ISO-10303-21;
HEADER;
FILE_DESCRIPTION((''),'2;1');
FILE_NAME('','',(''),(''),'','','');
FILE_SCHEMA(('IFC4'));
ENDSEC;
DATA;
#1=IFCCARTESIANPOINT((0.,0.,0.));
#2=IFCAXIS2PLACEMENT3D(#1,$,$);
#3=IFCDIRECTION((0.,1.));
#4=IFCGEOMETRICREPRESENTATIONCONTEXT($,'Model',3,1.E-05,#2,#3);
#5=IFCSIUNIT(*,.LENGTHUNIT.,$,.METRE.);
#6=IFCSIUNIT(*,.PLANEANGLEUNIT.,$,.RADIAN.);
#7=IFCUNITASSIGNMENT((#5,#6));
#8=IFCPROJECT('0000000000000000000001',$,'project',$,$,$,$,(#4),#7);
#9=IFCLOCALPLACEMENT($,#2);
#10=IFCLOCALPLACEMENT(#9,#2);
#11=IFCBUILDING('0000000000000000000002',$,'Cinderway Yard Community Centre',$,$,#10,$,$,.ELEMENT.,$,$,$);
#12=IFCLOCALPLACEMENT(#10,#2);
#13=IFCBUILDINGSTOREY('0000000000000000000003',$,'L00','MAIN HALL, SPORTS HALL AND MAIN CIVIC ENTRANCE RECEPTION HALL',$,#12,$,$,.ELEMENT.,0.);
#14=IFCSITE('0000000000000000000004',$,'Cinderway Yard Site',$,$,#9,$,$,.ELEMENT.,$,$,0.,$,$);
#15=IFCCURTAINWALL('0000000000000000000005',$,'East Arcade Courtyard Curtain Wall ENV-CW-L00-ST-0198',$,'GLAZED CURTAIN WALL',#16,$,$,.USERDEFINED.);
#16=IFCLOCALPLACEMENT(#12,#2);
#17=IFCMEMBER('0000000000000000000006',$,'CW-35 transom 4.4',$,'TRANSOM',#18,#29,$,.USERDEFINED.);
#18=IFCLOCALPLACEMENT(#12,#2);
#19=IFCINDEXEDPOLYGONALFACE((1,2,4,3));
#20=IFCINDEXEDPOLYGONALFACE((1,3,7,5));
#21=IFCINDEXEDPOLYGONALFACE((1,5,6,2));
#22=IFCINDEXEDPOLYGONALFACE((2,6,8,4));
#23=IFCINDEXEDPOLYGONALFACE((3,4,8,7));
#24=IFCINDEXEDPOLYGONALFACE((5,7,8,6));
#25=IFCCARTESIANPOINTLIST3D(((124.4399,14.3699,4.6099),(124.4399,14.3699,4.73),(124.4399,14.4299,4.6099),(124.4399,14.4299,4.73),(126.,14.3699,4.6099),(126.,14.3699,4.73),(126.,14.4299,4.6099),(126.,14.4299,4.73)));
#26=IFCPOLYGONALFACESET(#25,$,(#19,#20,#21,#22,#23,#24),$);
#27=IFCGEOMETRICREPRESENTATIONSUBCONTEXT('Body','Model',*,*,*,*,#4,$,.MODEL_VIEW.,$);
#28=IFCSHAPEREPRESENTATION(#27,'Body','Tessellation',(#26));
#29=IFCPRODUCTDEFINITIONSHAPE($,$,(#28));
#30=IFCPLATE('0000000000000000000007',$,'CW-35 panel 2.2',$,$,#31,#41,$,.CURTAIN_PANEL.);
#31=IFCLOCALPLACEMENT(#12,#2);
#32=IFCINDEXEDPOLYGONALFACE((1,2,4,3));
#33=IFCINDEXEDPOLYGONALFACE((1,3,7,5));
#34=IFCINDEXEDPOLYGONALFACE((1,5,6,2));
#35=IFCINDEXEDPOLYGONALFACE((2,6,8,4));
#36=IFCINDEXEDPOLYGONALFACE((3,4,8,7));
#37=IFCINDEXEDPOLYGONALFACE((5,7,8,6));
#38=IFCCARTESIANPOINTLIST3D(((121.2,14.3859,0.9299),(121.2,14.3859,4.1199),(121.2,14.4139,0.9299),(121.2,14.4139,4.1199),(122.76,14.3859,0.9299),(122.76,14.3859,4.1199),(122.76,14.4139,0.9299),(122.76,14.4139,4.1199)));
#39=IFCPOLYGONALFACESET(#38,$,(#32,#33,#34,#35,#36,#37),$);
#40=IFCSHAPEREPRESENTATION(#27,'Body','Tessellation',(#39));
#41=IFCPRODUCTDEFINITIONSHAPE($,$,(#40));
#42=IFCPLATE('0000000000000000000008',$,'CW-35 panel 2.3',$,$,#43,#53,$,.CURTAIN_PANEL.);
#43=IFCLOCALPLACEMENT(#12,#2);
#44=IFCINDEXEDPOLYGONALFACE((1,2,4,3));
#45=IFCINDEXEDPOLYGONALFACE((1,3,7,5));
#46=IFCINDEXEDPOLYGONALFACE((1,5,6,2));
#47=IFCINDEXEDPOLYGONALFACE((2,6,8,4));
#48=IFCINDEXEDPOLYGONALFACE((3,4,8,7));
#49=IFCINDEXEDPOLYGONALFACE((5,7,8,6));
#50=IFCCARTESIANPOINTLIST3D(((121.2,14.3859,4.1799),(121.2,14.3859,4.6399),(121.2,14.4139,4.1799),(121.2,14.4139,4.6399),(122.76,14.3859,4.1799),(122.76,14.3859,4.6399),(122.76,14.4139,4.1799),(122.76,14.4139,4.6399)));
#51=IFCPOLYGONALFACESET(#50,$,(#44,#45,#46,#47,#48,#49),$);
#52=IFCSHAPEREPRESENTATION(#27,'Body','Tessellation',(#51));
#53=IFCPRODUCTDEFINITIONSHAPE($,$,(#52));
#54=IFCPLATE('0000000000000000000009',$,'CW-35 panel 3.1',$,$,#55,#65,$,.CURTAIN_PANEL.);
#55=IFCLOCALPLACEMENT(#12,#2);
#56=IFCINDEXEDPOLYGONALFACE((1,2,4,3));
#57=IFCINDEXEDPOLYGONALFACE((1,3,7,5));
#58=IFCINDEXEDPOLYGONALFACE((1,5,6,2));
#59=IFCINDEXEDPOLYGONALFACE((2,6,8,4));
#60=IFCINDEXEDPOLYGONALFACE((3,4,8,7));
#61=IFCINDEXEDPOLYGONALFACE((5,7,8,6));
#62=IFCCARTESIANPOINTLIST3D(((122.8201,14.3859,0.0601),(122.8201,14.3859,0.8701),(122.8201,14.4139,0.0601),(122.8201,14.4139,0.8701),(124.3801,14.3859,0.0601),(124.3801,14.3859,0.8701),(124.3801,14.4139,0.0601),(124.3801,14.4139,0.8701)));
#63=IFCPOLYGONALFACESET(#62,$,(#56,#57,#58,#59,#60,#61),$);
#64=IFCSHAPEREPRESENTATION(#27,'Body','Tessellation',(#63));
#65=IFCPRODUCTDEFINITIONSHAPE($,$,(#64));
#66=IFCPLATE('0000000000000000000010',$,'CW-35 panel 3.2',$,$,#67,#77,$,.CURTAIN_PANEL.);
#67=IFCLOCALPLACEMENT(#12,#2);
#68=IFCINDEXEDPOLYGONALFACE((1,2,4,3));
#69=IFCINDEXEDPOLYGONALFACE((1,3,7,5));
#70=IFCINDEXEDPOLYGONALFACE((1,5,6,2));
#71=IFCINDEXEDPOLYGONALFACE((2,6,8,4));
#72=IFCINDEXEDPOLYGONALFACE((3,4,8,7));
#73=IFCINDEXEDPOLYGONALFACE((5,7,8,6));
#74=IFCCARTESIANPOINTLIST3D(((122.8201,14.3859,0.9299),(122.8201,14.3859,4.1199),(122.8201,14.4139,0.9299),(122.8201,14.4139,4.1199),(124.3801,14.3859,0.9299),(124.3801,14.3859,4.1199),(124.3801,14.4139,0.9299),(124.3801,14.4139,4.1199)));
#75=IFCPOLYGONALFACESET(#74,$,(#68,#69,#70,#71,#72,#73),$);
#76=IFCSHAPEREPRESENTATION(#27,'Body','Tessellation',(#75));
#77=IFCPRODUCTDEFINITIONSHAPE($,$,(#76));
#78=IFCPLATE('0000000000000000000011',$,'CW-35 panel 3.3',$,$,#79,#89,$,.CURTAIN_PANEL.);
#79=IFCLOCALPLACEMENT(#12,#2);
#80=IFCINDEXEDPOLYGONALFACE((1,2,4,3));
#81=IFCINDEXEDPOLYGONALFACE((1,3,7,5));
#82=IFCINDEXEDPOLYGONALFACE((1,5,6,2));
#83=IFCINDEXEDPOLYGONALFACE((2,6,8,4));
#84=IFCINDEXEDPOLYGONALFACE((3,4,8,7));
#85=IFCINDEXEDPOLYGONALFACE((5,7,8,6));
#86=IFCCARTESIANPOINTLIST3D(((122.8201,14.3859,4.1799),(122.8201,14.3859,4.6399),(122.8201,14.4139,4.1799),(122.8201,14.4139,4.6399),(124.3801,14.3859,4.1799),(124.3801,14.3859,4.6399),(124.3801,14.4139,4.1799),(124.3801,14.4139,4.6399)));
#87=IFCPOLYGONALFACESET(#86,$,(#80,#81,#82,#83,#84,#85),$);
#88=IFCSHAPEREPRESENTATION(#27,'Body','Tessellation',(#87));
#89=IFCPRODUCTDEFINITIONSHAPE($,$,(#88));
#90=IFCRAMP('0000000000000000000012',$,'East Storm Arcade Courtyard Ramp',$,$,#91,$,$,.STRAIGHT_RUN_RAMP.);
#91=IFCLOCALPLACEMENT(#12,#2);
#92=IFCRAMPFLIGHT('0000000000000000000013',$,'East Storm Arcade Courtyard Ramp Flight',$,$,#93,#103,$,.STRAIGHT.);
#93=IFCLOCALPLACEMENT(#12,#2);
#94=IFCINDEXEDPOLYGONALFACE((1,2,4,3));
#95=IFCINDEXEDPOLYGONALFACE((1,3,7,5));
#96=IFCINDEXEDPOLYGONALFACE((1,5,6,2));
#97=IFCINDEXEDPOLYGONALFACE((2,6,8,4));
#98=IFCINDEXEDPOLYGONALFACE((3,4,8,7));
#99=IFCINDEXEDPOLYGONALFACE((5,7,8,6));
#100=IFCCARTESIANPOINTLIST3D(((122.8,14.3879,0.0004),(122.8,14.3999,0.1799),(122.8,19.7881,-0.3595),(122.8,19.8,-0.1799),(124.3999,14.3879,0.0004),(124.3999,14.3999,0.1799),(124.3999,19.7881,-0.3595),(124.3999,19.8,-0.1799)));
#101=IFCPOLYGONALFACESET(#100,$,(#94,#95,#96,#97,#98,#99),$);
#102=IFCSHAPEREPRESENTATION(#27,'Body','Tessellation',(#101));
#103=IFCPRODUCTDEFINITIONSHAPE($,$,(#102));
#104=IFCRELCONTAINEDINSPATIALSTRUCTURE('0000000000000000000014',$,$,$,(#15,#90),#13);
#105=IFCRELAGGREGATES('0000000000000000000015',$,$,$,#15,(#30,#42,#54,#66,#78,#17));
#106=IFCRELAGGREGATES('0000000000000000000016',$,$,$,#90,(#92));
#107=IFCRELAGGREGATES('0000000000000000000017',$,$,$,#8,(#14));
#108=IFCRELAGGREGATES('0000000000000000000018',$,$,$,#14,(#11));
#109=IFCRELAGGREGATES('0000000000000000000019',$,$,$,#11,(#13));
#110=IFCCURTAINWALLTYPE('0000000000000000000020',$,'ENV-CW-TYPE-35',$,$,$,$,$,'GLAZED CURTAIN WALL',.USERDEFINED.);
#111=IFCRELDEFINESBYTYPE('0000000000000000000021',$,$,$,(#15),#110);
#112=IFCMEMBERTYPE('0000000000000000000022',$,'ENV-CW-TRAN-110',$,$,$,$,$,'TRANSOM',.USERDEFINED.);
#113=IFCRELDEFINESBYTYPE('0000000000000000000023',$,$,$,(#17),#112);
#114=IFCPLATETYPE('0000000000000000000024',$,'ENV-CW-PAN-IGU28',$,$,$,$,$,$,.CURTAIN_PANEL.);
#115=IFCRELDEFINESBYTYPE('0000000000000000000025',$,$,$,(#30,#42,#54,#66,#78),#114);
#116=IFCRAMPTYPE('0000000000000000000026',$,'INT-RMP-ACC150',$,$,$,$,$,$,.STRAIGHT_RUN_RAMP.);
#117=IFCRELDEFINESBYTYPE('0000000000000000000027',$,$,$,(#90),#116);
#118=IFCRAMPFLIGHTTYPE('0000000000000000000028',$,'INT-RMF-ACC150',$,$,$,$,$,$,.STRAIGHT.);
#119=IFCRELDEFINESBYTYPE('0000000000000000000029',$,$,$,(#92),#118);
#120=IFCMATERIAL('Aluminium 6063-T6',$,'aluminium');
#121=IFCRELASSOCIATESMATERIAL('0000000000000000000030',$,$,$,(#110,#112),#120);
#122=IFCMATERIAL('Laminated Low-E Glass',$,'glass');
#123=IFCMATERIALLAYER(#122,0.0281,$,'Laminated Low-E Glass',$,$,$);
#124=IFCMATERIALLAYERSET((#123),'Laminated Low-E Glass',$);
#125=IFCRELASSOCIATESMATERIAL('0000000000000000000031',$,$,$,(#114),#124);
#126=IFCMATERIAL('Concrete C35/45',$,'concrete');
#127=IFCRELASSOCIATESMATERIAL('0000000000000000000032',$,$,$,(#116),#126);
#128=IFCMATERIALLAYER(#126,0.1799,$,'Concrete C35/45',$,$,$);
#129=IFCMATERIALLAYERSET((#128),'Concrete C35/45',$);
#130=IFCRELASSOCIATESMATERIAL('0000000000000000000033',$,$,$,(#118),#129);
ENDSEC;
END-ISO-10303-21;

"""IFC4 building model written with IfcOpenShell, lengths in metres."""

from ifc_helpers import new_model, si_unit, direction, frame, origin, origin_2d, place, context, subcontext, project, spatial, polyline, rectangle, outline, extrude, material, layer, layer_set, material_profile, profile_set, type_object, element, aggregate, save


model = new_model("IFC4")

# Units and contexts
model_context = context("Model", 3, precision=1e-05, world=origin(), true_north=direction((0.0, 1.0)))
body_context = subcontext(model_context, "Body", "Model", "MODEL_VIEW")
ifc_project = project(units=[si_unit("LENGTHUNIT", "METRE"), si_unit("PLANEANGLEUNIT", "RADIAN")], contexts=[model_context])

# Site, building, storey
site_placement = place(None, origin())
site = spatial("IfcSite", under=ifc_project, at=site_placement, Name="Cinderway Yard Site", CompositionType="ELEMENT", RefElevation=0.0)
building_placement = place(site_placement, origin())
building = spatial("IfcBuilding", under=site, at=building_placement, Name="Cinderway Yard Community Centre", CompositionType="ELEMENT")
storey_placement = place(building_placement, origin())
storey = spatial("IfcBuildingStorey", under=building, at=storey_placement, Name="L00", Description="MAIN HALL, SPORTS HALL AND MAIN CIVIC ENTRANCE RECEPTION HALL", CompositionType="ELEMENT", Elevation=0.0)

# Curtain wall, member, plates
ifc_material_1 = material(Name="Aluminium 6063-T6", Category="aluminium")
curtain_wall_type = type_object("IfcCurtainWallType", Name="ENV-CW-TYPE-35", ElementType="GLAZED CURTAIN WALL", PredefinedType="USERDEFINED", material=ifc_material_1)
curtain_wall_placement = place(storey_placement, origin())
curtain_wall = element("IfcCurtainWall", 1, at=curtain_wall_placement, inside=storey, type_object=curtain_wall_type, Name="East Arcade Courtyard Curtain Wall ENV-CW-L00-ST-0198", ObjectType="GLAZED CURTAIN WALL", PredefinedType="USERDEFINED")
ifc_material_profile_1 = material_profile(ifc_material_1, rectangle(XDim=0.0601, YDim=0.1201, at=origin_2d()), Name="Aluminium 6063-T6")
ifc_profile_set_1 = profile_set([ifc_material_profile_1], Name="Aluminium 6063-T6")
member_type_1 = type_object("IfcMemberType", Name="ENV-CW-TRAN-110", ElementType="TRANSOM", PredefinedType="USERDEFINED", material=ifc_profile_set_1)
member_1_placement = place(storey_placement, frame((124.4399, 14.3999, 4.6699), z_axis=(1.0, 0.0, 0.0), x_axis=(0.0, 1.0, 0.0)))
member_1 = element("IfcMember", 2, at=member_1_placement, type_object=member_type_1, Name="CW-35 transom 4.4", ObjectType="TRANSOM", PredefinedType="USERDEFINED", context=body_context, shape_type="SweptSolid", body=[
    extrude(rectangle(XDim=0.0601, YDim=0.1201, at=origin_2d()), origin(), (0.0, 0.0, 1.0), 1.5601),
])
ifc_material_2 = material(Name="Laminated Low-E Glass", Category="glass")
ifc_layer_1 = layer(ifc_material_2, 0.0281, Name="Laminated Low-E Glass")
ifc_layer_set_1 = layer_set([ifc_layer_1], Name="Laminated Low-E Glass")
plate_type = type_object("IfcPlateType", Name="ENV-CW-PAN-IGU28", PredefinedType="CURTAIN_PANEL", material=ifc_layer_set_1)
plate_1_placement = place(storey_placement, frame((121.98, 14.3999, 0.9299), z_axis=(0.0, 0.0, 1.0), x_axis=(1.0, 0.0, 0.0)))
plate_1 = element("IfcPlate", 3, at=plate_1_placement, type_object=plate_type, Name="CW-35 panel 2.2", PredefinedType="CURTAIN_PANEL", context=body_context, shape_type="SweptSolid", body=[
    extrude(rectangle(XDim=1.5601, YDim=0.0281, at=origin_2d()), origin(), (0.0, 0.0, 1.0), 3.1899),
])
plate_2_placement = place(storey_placement, frame((121.98, 14.3999, 4.1799), z_axis=(0.0, 0.0, 1.0), x_axis=(1.0, 0.0, 0.0)))
plate_2 = element("IfcPlate", 4, at=plate_2_placement, type_object=plate_type, Name="CW-35 panel 2.3", PredefinedType="CURTAIN_PANEL", context=body_context, shape_type="SweptSolid", body=[
    extrude(rectangle(XDim=1.5601, YDim=0.0281, at=origin_2d()), origin(), (0.0, 0.0, 1.0), 0.46),
])
plate_3_placement = place(storey_placement, frame((123.6001, 14.3999, 0.0601), z_axis=(0.0, 0.0, 1.0), x_axis=(1.0, 0.0, 0.0)))
plate_3 = element("IfcPlate", 5, at=plate_3_placement, type_object=plate_type, Name="CW-35 panel 3.1", PredefinedType="CURTAIN_PANEL", context=body_context, shape_type="SweptSolid", body=[
    extrude(rectangle(XDim=1.5601, YDim=0.0281, at=origin_2d()), origin(), (0.0, 0.0, 1.0), 0.8101),
])
plate_4_placement = place(storey_placement, frame((123.6001, 14.3999, 0.9299), z_axis=(0.0, 0.0, 1.0), x_axis=(1.0, 0.0, 0.0)))
plate_4 = element("IfcPlate", 6, at=plate_4_placement, type_object=plate_type, Name="CW-35 panel 3.2", PredefinedType="CURTAIN_PANEL", context=body_context, shape_type="SweptSolid", body=[
    extrude(rectangle(XDim=1.5601, YDim=0.0281, at=origin_2d()), origin(), (0.0, 0.0, 1.0), 3.1899),
])
plate_5_placement = place(storey_placement, frame((123.6001, 14.3999, 4.1799), z_axis=(0.0, 0.0, 1.0), x_axis=(1.0, 0.0, 0.0)))
plate_5 = element("IfcPlate", 7, at=plate_5_placement, type_object=plate_type, Name="CW-35 panel 3.3", PredefinedType="CURTAIN_PANEL", context=body_context, shape_type="SweptSolid", body=[
    extrude(rectangle(XDim=1.5601, YDim=0.0281, at=origin_2d()), origin(), (0.0, 0.0, 1.0), 0.46),
])
aggregate(curtain_wall, [plate_1, plate_2, plate_3, plate_4, plate_5, member_1])

# Ramp, ramp flight
ifc_material_3 = material(Name="Concrete C35/45", Category="concrete")
ramp_type = type_object("IfcRampType", Name="INT-RMP-ACC150", PredefinedType="STRAIGHT_RUN_RAMP", material=ifc_material_3)
ramp_placement = place(storey_placement, origin())
ramp = element("IfcRamp", 8, at=ramp_placement, inside=storey, type_object=ramp_type, Name="East Storm Arcade Courtyard Ramp", PredefinedType="STRAIGHT_RUN_RAMP")
ifc_layer_2 = layer(ifc_material_3, 0.1799, Name="Concrete C35/45")
ifc_layer_set_2 = layer_set([ifc_layer_2], Name="Concrete C35/45")
ramp_flight_type = type_object("IfcRampFlightType", Name="INT-RMF-ACC150", PredefinedType="STRAIGHT", material=ifc_layer_set_2)
ramp_flight_placement = place(storey_placement, frame((124.3999, 14.3999, 0.1799), z_axis=(0.0, 0.066492, 0.997787), x_axis=(-1.0, 0.0, 0.0)))
ramp_flight = element("IfcRampFlight", 9, at=ramp_flight_placement, type_object=ramp_flight_type, Name="East Storm Arcade Courtyard Ramp Flight", PredefinedType="STRAIGHT", context=body_context, shape_type="SweptSolid", body=[
    extrude(outline(polyline([(0.0, 0.0), (1.5999, 0.0), (1.5999, -5.4121), (0.0, -5.4121), (0.0, 0.0)])), origin(), (0.0, 0.0, -1.0), 0.1799),
])
aggregate(ramp, [ramp_flight])

save(model, "model.ifc")
